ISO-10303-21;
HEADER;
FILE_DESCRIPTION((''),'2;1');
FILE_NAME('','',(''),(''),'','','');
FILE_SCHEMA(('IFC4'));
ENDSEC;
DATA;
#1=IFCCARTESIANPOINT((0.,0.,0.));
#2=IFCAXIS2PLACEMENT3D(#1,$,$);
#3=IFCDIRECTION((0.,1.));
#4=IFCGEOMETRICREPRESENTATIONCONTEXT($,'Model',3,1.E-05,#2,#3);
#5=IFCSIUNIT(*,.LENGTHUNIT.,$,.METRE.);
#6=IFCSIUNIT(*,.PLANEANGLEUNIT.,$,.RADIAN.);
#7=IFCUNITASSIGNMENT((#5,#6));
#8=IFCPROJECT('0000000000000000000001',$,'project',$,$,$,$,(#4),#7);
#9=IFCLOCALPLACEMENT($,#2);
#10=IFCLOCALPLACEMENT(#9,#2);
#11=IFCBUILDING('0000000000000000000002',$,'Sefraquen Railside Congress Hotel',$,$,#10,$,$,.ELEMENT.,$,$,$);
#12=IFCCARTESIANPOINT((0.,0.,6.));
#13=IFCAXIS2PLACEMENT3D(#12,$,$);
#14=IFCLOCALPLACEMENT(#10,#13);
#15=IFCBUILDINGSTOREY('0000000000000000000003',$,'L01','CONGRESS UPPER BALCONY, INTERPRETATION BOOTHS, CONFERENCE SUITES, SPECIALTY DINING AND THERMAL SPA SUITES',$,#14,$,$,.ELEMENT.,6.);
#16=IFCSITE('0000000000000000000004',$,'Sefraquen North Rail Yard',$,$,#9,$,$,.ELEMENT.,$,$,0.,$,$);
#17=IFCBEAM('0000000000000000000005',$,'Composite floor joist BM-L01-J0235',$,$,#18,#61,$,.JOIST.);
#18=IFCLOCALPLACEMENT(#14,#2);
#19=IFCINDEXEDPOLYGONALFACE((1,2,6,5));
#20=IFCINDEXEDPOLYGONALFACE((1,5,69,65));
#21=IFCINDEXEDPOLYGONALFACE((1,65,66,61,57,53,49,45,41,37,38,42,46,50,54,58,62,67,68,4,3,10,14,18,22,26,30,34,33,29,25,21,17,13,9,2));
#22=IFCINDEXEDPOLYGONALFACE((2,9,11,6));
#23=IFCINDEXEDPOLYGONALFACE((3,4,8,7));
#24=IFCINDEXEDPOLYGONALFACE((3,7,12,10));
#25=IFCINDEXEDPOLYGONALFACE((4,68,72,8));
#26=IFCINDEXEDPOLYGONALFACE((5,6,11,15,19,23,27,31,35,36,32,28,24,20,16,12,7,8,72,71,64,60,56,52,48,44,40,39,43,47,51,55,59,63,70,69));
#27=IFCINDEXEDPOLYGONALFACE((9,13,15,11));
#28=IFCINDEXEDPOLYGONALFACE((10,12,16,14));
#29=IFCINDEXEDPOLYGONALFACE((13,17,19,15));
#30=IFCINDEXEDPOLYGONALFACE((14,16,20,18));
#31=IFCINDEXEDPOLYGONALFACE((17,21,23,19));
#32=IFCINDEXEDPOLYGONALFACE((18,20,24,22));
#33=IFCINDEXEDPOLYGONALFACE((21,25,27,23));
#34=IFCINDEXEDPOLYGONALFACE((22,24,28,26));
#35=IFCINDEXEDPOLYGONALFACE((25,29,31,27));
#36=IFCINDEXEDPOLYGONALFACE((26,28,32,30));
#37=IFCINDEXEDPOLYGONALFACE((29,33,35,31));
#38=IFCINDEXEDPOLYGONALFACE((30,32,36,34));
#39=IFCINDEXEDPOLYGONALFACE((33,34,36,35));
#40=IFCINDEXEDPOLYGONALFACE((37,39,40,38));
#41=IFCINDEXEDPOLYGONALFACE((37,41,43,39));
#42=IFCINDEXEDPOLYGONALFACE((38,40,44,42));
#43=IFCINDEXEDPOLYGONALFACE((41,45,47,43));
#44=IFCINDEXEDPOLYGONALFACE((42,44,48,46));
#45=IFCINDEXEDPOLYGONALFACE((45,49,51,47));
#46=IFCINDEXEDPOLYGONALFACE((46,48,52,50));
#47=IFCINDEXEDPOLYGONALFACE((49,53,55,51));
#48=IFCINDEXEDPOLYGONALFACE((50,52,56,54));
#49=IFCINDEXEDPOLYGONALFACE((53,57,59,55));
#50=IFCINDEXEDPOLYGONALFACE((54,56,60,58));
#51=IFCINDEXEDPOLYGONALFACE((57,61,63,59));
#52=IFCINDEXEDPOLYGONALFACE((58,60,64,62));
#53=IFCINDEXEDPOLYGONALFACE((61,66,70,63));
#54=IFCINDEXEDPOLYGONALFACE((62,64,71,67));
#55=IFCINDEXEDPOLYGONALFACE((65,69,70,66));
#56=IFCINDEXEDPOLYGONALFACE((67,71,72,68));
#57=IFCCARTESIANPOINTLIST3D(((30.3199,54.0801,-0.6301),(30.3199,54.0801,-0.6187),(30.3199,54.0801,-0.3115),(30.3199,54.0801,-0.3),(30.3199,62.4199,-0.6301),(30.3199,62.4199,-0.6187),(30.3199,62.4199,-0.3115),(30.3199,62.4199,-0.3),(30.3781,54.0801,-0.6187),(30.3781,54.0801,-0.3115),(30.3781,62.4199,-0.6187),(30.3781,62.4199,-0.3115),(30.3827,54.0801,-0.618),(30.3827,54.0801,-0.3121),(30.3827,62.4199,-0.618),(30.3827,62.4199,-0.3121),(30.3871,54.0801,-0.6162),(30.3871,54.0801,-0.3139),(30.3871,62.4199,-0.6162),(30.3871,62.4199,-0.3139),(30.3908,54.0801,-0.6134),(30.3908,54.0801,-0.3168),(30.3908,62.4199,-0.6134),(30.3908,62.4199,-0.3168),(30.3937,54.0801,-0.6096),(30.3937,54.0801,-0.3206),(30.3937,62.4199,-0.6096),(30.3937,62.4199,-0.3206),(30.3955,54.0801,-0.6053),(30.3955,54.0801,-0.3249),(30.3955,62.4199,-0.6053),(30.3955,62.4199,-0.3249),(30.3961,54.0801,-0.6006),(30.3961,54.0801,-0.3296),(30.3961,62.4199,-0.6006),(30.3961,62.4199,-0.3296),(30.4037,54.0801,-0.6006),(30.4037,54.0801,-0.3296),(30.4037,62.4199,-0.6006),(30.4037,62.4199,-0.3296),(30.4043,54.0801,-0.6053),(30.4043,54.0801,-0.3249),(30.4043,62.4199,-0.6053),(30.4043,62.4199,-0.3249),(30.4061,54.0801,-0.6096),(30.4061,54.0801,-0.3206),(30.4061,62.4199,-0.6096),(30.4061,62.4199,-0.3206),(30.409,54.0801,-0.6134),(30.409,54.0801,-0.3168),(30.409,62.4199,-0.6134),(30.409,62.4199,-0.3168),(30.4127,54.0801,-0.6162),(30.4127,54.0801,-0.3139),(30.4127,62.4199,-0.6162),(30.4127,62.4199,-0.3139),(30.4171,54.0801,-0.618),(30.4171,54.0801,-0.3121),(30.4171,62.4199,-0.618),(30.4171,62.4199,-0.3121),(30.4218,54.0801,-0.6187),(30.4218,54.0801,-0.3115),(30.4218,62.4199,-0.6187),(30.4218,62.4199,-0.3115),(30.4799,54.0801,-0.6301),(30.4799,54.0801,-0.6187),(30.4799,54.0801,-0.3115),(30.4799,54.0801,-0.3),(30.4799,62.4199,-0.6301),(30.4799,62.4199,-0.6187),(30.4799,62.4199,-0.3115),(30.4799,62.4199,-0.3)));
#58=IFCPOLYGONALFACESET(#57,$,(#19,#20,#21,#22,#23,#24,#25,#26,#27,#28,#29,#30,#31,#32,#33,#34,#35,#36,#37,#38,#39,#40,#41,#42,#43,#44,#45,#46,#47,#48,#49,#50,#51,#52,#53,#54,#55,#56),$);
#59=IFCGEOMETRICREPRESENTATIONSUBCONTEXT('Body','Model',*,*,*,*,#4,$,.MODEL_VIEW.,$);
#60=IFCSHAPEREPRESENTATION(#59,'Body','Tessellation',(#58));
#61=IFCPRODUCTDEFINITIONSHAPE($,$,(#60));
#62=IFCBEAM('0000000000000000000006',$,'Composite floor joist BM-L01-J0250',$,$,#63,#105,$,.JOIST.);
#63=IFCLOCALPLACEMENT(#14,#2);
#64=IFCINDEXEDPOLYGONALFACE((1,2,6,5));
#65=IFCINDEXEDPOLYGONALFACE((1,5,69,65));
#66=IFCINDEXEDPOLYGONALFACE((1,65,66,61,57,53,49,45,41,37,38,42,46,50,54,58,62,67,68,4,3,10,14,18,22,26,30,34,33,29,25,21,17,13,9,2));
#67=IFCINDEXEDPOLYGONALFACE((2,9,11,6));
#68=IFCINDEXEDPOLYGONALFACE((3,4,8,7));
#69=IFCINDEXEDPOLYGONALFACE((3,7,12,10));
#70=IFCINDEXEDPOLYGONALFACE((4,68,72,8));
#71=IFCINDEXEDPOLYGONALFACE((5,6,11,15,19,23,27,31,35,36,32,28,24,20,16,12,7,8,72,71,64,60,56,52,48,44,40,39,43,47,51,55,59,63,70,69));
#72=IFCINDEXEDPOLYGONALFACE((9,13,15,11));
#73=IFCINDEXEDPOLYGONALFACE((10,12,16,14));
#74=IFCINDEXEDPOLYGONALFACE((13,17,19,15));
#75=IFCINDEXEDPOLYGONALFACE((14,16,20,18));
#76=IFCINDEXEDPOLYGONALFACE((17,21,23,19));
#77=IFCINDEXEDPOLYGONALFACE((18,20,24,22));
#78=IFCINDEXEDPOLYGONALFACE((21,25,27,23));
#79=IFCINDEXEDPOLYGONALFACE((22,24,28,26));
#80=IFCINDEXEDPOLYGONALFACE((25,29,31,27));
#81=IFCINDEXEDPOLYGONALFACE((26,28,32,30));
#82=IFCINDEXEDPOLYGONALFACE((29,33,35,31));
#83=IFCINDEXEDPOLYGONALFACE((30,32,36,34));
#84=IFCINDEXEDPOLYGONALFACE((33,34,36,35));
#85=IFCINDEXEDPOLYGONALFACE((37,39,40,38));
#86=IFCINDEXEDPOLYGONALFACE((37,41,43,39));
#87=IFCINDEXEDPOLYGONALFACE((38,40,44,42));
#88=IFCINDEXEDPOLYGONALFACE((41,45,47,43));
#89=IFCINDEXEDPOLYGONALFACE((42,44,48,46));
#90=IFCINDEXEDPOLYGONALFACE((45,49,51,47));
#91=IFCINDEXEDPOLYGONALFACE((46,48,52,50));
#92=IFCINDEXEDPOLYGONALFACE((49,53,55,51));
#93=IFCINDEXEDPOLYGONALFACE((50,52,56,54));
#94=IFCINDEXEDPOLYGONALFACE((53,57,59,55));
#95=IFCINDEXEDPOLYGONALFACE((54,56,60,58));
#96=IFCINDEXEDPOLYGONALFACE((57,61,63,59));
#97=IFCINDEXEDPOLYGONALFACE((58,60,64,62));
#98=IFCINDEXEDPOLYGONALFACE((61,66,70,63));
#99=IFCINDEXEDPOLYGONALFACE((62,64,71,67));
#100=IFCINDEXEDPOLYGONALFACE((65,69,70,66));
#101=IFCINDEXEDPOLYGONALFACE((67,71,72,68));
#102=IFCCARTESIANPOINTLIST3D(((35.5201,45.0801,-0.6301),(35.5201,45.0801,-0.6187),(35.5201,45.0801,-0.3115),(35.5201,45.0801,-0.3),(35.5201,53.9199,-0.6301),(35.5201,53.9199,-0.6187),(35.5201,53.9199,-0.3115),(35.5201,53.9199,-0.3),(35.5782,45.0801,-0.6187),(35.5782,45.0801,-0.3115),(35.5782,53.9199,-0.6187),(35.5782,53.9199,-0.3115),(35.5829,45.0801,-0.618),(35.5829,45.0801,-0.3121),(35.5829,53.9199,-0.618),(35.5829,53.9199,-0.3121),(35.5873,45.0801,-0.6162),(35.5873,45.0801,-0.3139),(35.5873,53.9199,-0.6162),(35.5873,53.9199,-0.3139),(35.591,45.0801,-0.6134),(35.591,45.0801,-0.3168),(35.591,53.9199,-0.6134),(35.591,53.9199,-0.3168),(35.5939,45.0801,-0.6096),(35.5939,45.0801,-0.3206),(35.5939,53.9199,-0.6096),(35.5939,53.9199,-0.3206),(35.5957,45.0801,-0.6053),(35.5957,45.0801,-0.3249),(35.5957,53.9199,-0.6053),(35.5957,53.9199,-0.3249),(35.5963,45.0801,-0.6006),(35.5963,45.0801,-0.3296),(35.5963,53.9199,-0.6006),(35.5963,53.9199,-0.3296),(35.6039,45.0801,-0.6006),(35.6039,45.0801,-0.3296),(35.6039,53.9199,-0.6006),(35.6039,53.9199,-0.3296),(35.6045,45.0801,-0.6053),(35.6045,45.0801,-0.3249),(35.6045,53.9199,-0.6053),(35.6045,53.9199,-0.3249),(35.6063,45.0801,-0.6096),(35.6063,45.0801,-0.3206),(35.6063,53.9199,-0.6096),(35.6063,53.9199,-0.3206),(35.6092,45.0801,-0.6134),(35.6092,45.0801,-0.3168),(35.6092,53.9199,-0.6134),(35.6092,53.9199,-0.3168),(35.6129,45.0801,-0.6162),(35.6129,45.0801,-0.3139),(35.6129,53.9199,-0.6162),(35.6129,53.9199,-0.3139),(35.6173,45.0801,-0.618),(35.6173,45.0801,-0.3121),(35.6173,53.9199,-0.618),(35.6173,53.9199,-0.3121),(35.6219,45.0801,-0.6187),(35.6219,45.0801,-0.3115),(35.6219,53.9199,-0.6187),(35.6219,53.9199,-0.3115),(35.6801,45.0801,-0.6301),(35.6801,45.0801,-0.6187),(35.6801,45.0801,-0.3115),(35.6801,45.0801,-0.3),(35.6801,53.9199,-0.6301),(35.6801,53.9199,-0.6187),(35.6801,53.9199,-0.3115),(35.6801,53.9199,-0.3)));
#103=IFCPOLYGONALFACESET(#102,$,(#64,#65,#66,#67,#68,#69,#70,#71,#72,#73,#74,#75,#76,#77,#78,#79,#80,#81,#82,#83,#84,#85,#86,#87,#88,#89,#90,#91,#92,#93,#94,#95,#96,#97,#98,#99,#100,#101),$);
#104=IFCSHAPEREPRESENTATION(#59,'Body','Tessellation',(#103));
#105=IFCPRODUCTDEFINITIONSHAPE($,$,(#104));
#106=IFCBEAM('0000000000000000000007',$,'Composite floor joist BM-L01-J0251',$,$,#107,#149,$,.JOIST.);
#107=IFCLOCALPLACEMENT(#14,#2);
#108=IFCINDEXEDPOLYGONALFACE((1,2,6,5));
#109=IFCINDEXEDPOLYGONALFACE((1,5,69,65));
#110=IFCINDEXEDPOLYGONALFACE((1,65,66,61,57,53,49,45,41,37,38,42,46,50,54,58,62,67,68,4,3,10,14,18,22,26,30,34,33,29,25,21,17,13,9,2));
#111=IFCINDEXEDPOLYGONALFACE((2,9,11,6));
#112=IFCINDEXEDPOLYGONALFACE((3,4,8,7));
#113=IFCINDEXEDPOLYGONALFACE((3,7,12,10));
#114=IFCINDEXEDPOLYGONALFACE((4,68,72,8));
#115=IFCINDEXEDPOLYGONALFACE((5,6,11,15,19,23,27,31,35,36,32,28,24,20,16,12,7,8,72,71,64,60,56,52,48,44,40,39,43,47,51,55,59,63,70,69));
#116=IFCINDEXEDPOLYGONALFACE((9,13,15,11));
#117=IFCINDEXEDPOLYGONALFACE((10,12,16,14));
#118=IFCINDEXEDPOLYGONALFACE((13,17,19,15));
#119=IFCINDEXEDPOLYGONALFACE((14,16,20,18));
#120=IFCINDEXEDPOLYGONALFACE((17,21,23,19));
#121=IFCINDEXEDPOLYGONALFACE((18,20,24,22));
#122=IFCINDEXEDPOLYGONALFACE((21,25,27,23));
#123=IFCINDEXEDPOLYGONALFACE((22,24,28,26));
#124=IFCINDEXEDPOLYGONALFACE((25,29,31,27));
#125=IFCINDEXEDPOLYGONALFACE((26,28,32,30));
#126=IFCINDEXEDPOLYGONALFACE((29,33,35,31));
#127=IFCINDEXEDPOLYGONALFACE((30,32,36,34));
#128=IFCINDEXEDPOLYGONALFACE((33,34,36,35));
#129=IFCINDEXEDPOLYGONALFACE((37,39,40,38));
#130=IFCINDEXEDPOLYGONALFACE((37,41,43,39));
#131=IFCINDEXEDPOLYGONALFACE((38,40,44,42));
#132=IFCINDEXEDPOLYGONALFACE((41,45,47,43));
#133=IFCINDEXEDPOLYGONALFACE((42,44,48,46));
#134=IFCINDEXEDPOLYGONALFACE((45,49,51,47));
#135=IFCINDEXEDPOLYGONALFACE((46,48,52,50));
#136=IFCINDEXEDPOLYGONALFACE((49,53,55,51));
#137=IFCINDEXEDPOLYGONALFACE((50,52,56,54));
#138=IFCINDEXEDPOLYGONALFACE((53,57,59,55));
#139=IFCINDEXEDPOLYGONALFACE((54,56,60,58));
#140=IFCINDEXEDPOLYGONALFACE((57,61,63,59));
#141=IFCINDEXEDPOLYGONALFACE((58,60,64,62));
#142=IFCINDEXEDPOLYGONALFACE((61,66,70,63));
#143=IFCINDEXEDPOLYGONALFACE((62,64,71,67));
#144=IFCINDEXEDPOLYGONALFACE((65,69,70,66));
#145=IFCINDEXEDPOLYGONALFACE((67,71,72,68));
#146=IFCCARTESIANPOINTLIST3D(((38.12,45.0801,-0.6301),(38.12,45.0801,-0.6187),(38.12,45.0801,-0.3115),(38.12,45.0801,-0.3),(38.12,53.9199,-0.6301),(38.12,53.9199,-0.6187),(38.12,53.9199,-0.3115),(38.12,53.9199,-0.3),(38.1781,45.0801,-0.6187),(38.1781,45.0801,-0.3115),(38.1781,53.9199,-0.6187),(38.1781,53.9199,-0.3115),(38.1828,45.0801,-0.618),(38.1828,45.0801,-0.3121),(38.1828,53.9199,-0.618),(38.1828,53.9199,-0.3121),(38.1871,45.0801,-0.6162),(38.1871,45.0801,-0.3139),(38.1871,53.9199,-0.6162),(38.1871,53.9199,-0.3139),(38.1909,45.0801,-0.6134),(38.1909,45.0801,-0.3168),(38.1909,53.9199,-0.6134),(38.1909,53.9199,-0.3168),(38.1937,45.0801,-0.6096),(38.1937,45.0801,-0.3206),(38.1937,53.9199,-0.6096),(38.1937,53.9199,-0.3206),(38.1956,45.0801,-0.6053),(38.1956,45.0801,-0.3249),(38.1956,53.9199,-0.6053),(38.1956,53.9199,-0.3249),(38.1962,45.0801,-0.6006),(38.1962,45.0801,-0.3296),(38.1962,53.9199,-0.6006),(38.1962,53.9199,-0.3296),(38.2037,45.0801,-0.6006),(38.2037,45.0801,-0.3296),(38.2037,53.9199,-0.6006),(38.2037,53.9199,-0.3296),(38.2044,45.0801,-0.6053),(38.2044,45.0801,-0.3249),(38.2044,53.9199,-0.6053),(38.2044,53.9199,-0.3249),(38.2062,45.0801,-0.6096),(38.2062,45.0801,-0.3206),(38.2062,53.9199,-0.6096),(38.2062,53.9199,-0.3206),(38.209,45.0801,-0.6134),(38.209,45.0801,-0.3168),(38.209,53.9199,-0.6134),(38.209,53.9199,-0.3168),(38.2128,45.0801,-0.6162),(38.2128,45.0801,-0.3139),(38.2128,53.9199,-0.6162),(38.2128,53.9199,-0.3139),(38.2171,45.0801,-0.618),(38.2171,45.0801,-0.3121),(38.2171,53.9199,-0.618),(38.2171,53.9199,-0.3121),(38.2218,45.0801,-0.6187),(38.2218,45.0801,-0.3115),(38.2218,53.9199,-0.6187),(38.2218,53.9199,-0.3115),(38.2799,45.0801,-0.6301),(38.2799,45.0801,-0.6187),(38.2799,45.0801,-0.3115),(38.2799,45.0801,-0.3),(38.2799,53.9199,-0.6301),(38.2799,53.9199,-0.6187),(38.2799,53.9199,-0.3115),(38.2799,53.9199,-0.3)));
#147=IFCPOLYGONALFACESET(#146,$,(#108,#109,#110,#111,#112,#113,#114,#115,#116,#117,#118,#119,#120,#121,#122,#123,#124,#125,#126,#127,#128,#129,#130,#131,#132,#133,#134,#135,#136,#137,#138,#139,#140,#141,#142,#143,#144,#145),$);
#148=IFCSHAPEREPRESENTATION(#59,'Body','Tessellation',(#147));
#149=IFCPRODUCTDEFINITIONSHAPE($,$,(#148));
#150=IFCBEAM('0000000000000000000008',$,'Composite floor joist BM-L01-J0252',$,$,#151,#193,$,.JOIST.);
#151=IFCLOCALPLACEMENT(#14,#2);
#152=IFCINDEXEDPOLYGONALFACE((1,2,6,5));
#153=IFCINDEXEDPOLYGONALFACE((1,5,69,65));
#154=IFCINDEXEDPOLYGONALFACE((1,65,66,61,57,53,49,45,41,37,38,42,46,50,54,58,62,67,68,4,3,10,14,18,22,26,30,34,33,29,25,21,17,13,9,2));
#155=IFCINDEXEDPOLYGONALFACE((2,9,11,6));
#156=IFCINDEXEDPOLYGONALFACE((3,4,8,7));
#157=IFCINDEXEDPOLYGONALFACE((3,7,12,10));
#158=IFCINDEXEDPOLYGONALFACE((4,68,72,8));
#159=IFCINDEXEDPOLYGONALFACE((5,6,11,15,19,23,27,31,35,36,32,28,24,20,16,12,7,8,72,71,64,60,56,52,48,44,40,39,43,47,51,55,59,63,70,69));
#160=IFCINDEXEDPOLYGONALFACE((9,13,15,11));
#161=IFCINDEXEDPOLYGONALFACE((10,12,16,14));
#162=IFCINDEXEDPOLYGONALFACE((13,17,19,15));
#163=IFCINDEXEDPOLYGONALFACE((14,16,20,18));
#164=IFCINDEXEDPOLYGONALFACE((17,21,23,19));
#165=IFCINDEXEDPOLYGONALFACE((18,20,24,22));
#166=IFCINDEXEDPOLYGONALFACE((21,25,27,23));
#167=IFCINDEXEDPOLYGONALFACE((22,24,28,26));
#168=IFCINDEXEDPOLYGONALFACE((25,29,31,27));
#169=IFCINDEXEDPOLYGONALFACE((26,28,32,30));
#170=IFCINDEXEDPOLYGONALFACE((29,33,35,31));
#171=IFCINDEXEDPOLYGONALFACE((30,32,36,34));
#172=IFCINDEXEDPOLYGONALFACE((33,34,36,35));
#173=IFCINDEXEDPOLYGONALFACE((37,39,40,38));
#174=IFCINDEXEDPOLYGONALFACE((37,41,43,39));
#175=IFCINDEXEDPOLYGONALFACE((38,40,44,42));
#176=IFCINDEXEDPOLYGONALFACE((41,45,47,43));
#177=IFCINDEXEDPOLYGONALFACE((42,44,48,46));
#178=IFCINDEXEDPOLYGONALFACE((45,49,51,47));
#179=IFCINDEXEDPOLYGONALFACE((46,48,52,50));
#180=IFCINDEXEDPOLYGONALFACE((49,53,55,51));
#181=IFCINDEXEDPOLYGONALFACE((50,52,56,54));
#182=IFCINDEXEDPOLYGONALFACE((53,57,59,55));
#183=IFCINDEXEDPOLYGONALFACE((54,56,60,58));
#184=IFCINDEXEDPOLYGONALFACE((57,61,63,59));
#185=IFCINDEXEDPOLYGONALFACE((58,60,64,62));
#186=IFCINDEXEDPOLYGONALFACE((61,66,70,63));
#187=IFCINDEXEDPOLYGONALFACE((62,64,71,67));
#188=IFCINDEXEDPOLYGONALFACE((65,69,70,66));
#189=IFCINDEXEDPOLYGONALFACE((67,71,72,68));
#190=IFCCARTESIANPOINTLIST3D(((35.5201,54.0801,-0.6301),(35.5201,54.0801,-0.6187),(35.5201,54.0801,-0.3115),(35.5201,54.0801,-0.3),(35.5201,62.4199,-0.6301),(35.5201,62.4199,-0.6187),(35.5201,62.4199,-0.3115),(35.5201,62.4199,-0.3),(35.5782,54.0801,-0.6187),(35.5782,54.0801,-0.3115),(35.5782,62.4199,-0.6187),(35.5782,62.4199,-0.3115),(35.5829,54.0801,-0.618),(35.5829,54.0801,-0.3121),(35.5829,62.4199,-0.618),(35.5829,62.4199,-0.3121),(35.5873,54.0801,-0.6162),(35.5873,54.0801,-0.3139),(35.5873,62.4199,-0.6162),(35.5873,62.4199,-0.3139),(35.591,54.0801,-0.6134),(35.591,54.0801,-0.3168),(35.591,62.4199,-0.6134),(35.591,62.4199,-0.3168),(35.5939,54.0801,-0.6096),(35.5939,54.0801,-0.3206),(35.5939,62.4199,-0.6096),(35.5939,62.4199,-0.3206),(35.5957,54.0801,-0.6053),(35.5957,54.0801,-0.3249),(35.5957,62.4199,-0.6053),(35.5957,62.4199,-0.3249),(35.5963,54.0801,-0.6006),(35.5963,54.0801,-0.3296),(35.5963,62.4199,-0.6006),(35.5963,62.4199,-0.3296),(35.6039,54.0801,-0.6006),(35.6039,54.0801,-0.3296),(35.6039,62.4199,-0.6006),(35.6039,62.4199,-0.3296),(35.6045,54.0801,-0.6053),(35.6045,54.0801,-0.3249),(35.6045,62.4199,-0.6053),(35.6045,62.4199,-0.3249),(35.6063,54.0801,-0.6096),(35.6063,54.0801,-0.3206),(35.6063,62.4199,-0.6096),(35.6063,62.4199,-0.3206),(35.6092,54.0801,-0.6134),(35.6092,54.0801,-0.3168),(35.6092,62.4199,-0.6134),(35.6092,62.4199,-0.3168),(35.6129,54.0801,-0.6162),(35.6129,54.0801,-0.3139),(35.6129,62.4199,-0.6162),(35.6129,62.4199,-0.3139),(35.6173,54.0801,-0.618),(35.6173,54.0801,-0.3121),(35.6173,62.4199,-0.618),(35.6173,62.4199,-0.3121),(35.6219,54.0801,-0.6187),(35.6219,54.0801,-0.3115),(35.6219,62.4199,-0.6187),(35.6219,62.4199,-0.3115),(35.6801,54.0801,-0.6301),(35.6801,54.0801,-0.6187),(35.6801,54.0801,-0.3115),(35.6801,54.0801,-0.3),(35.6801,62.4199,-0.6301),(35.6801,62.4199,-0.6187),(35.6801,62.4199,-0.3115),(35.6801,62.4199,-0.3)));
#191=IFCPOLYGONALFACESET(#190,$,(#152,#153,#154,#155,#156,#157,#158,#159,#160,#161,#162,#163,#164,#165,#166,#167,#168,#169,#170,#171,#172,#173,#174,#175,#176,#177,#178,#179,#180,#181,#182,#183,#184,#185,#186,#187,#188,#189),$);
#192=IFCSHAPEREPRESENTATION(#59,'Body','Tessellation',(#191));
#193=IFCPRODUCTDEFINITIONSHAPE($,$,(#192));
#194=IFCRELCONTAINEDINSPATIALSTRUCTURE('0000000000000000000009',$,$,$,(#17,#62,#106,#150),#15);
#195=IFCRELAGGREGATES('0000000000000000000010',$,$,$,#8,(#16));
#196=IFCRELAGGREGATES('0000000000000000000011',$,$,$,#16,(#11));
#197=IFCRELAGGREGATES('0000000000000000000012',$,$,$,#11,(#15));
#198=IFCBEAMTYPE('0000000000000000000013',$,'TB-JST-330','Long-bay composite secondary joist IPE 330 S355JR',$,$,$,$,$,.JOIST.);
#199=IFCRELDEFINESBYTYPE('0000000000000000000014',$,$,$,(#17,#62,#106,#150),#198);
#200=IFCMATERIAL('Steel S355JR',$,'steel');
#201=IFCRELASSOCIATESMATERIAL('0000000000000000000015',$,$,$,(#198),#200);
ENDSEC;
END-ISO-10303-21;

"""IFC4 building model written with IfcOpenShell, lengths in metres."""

from ifc_helpers import new_model, si_unit, direction, frame, origin, origin_2d, place, context, subcontext, project, spatial, i_section, extrude, material, material_profile, profile_set, type_object, element, save


model = new_model("IFC4")

# Units and contexts
model_context = context("Model", 3, precision=1e-05, world=origin(), true_north=direction((0.0, 1.0)))
body_context = subcontext(model_context, "Body", "Model", "MODEL_VIEW")
ifc_project = project(units=[si_unit("LENGTHUNIT", "METRE"), si_unit("PLANEANGLEUNIT", "RADIAN")], contexts=[model_context])

# Site, building, storey
site_placement = place(None, origin())
site = spatial("IfcSite", under=ifc_project, at=site_placement, Name="Sefraquen North Rail Yard", CompositionType="ELEMENT", RefElevation=0.0)
building_placement = place(site_placement, origin())
building = spatial("IfcBuilding", under=site, at=building_placement, Name="Sefraquen Railside Congress Hotel", CompositionType="ELEMENT")
storey_placement = place(building_placement, frame((0.0, 0.0, 6.0)))
storey = spatial("IfcBuildingStorey", under=building, at=storey_placement, Name="L01", Description="CONGRESS UPPER BALCONY, INTERPRETATION BOOTHS, CONFERENCE SUITES, SPECIALTY DINING AND THERMAL SPA SUITES", CompositionType="ELEMENT", Elevation=6.0)

# Shared definitions
ifc_material_1 = material(Name="Steel S355JR", Category="steel")

# Beams
ifc_material_profile_1 = material_profile(ifc_material_1, i_section(OverallWidth=0.1599, OverallDepth=0.3301, WebThickness=0.0076, FlangeThickness=0.0115, FilletRadius=0.0181, at=origin_2d()), Name="IPE 330")
ifc_profile_set_1 = profile_set([ifc_material_profile_1], Name="Steel S355JR")
beam_type_1 = type_object("IfcBeamType", Name="TB-JST-330", Description="Long-bay composite secondary joist IPE 330 S355JR", PredefinedType="JOIST", material=ifc_profile_set_1)
for number, where, z_axis, x_axis, name in (
    (1, (30.3999, 54.0801, -0.4651), (0.0, 1.0, 0.0), (-1.0, 0.0, 0.0), "Composite floor joist BM-L01-J0235"),
):
    element("IfcBeam", number, at=place(storey_placement, frame(where, z_axis=z_axis, x_axis=x_axis)), inside=storey, type_object=beam_type_1, Name=name, PredefinedType="JOIST", context=body_context, shape_type="SweptSolid", body=[
        extrude(i_section(OverallWidth=0.1599, OverallDepth=0.3301, WebThickness=0.0076, FlangeThickness=0.0115, FilletRadius=0.0181, at=origin_2d()), origin(), (0.0, 0.0, 1.0), 8.3398),
    ])
for number, where, z_axis, x_axis, name in (
    (2, (35.6001, 45.0801, -0.4651), (0.0, 1.0, 0.0), (-1.0, 0.0, 0.0), "Composite floor joist BM-L01-J0250"),
    (3, (38.2, 45.0801, -0.4651), (0.0, 1.0, 0.0), (-1.0, 0.0, 0.0), "Composite floor joist BM-L01-J0251"),
):
    element("IfcBeam", number, at=place(storey_placement, frame(where, z_axis=z_axis, x_axis=x_axis)), inside=storey, type_object=beam_type_1, Name=name, PredefinedType="JOIST", context=body_context, shape_type="SweptSolid", body=[
        extrude(i_section(OverallWidth=0.1599, OverallDepth=0.3301, WebThickness=0.0076, FlangeThickness=0.0115, FilletRadius=0.0181, at=origin_2d()), origin(), (0.0, 0.0, 1.0), 8.8398),
    ])
beam_1_placement = place(storey_placement, frame((35.6001, 54.0801, -0.4651), z_axis=(0.0, 1.0, 0.0), x_axis=(-1.0, 0.0, 0.0)))
element("IfcBeam", 4, at=beam_1_placement, inside=storey, type_object=beam_type_1, Name="Composite floor joist BM-L01-J0252", PredefinedType="JOIST", context=body_context, shape_type="SweptSolid", body=[
    extrude(i_section(OverallWidth=0.1599, OverallDepth=0.3301, WebThickness=0.0076, FlangeThickness=0.0115, FilletRadius=0.0181, at=origin_2d()), origin(), (0.0, 0.0, 1.0), 8.3398),
])

save(model, "model.ifc")
